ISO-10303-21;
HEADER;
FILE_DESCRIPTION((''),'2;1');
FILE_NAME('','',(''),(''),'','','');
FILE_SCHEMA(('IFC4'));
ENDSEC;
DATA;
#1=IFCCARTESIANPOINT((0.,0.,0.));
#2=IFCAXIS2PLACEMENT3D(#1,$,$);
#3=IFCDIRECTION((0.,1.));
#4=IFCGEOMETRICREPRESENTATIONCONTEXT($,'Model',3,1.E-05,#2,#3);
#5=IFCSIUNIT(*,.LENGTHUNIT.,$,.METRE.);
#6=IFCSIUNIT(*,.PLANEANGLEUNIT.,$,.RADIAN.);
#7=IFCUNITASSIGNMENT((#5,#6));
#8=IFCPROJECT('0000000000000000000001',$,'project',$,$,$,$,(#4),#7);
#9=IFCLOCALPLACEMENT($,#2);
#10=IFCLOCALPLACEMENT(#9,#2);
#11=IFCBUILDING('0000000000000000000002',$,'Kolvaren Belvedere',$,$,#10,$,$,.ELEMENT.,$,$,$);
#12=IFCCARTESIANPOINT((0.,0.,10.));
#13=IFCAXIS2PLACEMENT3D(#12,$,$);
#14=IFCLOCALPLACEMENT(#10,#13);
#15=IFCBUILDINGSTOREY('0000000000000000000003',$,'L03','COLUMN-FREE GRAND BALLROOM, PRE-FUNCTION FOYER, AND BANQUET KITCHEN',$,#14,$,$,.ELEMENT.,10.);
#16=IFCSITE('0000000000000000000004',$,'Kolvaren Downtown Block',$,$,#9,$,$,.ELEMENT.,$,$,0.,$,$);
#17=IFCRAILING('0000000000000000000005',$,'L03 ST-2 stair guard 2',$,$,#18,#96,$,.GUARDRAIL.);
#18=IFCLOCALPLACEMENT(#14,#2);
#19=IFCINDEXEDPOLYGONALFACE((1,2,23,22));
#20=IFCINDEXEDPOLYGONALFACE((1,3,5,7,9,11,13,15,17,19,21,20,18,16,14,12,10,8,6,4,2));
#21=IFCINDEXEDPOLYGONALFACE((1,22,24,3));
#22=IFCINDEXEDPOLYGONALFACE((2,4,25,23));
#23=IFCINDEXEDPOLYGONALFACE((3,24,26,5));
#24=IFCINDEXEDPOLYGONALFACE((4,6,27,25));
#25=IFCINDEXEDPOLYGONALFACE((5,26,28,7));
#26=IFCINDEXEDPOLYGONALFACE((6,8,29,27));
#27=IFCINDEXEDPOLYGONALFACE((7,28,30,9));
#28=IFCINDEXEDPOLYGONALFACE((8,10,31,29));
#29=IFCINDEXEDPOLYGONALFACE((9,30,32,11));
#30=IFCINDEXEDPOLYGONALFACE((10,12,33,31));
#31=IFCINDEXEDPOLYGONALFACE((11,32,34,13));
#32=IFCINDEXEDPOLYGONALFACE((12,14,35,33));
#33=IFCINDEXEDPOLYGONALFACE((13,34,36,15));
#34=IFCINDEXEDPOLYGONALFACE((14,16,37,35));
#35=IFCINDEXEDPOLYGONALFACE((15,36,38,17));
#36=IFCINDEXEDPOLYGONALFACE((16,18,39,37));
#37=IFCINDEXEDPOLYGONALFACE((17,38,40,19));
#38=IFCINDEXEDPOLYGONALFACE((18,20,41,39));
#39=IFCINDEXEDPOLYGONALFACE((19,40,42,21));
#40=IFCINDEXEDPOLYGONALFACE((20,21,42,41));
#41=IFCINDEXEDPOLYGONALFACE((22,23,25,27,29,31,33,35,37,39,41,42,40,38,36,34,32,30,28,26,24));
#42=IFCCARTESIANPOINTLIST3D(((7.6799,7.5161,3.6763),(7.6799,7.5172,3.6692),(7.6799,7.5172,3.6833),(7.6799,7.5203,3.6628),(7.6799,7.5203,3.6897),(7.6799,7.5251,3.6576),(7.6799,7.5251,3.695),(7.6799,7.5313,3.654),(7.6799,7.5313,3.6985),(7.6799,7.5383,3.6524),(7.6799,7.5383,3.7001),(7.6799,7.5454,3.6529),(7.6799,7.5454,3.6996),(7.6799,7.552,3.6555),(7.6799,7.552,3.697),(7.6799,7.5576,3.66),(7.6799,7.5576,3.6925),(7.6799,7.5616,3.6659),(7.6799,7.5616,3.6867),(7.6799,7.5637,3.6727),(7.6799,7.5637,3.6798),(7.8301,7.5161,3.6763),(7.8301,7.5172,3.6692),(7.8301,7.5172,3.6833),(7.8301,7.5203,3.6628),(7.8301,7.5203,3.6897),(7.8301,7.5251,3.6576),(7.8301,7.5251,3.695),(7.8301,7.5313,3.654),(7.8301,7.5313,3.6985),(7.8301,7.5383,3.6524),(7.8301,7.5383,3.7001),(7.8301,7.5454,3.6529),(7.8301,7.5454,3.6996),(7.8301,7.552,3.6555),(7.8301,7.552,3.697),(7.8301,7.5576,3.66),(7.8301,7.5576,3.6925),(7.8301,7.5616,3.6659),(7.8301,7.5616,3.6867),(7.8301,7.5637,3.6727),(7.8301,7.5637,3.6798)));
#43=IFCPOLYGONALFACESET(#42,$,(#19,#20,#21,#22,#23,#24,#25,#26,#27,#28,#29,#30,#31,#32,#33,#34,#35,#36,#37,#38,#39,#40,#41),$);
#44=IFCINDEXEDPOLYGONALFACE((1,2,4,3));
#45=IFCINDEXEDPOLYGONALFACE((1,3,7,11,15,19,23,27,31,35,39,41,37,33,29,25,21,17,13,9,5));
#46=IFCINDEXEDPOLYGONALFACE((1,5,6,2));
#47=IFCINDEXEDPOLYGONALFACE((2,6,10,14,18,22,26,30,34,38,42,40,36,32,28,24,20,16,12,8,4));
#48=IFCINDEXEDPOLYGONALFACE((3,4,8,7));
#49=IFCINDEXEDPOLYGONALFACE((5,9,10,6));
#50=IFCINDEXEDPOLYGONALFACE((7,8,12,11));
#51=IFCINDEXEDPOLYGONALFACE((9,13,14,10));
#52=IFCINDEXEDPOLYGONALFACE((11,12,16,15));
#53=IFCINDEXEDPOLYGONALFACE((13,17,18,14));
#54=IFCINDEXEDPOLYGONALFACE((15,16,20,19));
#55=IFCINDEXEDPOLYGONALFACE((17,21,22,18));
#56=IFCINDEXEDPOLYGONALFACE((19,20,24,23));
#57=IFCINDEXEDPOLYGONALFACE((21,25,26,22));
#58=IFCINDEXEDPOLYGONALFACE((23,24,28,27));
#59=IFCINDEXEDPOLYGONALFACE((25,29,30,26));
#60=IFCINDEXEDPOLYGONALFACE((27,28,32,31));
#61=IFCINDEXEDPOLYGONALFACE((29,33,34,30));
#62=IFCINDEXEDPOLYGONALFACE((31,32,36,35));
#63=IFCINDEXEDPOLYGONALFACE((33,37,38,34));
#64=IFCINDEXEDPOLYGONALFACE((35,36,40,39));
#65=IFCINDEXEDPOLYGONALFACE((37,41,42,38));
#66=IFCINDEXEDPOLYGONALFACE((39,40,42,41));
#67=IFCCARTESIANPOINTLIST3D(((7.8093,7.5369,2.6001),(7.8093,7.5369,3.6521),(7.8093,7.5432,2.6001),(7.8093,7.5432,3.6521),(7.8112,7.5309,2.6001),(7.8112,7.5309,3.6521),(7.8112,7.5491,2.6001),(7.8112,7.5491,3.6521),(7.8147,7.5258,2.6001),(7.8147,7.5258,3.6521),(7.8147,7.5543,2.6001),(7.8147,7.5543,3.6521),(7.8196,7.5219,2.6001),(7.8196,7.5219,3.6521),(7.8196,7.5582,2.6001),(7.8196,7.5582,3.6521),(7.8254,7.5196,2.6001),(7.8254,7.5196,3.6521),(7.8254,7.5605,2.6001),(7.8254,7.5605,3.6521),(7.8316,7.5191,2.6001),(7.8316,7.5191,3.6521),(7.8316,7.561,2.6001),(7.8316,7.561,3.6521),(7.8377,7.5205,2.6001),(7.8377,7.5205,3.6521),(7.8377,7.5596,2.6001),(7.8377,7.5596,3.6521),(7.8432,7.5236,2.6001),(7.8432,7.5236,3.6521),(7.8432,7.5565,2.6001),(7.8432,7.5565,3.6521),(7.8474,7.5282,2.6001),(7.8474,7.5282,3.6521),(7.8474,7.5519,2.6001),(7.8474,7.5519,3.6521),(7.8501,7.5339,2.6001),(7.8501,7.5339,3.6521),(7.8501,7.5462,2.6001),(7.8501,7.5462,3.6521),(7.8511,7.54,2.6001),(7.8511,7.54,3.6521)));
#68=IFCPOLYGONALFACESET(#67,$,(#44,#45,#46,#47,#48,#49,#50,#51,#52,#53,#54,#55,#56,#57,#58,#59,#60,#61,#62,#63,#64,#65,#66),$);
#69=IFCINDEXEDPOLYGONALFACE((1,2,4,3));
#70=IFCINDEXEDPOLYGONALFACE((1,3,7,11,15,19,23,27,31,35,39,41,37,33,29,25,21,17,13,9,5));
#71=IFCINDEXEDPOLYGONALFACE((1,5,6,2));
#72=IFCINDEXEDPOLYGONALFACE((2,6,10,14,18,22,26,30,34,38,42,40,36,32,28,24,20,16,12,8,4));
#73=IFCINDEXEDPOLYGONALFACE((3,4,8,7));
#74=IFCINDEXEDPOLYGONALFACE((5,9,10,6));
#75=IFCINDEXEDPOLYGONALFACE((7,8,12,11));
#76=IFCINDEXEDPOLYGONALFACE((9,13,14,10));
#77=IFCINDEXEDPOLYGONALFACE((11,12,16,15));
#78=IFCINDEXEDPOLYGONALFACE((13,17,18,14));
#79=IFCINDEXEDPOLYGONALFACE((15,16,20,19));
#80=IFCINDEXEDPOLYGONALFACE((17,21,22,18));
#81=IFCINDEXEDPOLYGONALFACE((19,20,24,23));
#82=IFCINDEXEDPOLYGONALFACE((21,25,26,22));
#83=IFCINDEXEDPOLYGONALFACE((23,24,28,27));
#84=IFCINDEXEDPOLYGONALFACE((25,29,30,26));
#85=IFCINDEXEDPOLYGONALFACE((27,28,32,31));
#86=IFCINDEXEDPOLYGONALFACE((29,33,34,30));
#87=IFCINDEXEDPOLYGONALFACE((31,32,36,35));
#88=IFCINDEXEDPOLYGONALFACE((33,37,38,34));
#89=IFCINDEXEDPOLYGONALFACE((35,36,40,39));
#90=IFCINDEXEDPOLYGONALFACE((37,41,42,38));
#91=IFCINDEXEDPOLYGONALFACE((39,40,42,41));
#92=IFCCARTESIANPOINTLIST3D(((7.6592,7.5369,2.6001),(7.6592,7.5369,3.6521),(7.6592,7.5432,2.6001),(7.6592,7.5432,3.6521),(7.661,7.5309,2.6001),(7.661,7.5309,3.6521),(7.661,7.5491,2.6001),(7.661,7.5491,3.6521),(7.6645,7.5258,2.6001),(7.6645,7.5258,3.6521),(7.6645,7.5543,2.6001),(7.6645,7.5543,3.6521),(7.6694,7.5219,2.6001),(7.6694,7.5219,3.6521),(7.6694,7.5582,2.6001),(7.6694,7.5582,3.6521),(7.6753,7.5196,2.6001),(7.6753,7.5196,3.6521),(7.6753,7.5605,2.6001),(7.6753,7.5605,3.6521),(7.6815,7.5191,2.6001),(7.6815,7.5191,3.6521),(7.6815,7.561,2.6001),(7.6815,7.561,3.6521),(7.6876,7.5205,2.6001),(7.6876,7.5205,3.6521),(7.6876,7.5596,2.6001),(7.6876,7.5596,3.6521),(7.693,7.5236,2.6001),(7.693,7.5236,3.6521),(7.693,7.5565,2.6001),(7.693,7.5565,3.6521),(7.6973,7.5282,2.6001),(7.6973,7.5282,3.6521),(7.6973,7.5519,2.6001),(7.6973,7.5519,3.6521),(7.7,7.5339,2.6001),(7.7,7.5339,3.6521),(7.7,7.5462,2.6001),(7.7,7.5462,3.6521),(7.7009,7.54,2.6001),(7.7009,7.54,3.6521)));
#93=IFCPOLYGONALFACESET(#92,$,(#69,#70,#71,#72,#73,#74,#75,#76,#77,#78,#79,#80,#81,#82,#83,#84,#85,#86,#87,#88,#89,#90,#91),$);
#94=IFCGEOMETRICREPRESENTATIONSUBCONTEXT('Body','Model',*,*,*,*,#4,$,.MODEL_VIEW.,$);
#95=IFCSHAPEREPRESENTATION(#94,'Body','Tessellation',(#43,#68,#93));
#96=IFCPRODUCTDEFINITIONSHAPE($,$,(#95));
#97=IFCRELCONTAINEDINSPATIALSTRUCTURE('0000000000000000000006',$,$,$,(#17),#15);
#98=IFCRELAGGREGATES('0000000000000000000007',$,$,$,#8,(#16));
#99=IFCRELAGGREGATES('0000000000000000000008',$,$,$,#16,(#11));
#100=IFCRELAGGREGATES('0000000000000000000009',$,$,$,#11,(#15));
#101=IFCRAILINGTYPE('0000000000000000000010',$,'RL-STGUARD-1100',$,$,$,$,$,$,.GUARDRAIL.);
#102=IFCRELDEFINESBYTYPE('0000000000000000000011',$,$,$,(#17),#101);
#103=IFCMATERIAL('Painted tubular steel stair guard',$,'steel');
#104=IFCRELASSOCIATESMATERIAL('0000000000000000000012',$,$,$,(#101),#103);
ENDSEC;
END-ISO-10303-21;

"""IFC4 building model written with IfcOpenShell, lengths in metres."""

from ifc_helpers import new_model, si_unit, direction, frame, origin, origin_2d, place, context, subcontext, project, spatial, circle, extrude, material, type_object, element, save


model = new_model("IFC4")

# Units and contexts
model_context = context("Model", 3, precision=1e-05, world=origin(), true_north=direction((0.0, 1.0)))
body_context = subcontext(model_context, "Body", "Model", "MODEL_VIEW")
ifc_project = project(units=[si_unit("LENGTHUNIT", "METRE"), si_unit("PLANEANGLEUNIT", "RADIAN")], contexts=[model_context])

# Site, building, storey
site_placement = place(None, origin())
site = spatial("IfcSite", under=ifc_project, at=site_placement, Name="Kolvaren Downtown Block", CompositionType="ELEMENT", RefElevation=0.0)
building_placement = place(site_placement, origin())
building = spatial("IfcBuilding", under=site, at=building_placement, Name="Kolvaren Belvedere", CompositionType="ELEMENT")
storey_placement = place(building_placement, frame((0.0, 0.0, 10.0)))
storey = spatial("IfcBuildingStorey", under=building, at=storey_placement, Name="L03", Description="COLUMN-FREE GRAND BALLROOM, PRE-FUNCTION FOYER, AND BANQUET KITCHEN", CompositionType="ELEMENT", Elevation=10.0)

# Railing
ifc_material_1 = material(Name="Painted tubular steel stair guard", Category="steel")
railing_type_1 = type_object("IfcRailingType", Name="RL-STGUARD-1100", PredefinedType="GUARDRAIL", material=ifc_material_1)
railing_1_placement = place(storey_placement, frame((7.8301, 7.54, 2.6001)))
element("IfcRailing", 1, at=railing_1_placement, inside=storey, type_object=railing_type_1, Name="L03 ST-2 stair guard 2", PredefinedType="GUARDRAIL", context=body_context, shape_type="SweptSolid", body=[
    extrude(circle(Radius=0.0239, at=origin_2d()), frame((0.0, 0.0, 1.0762), z_axis=(-1.0, 0.0, 0.0), x_axis=(0.0, -1.0, 0.0)), (0.0, 0.0, 1.0), 0.1501),
    extrude(circle(Radius=0.021, at=origin_2d()), origin(), (0.0, 0.0, 1.0), 1.052),
    extrude(circle(Radius=0.021, at=origin_2d()), frame((-0.1501, 0.0, 0.0)), (0.0, 0.0, 1.0), 1.052),
])

save(model, "model.ifc")
